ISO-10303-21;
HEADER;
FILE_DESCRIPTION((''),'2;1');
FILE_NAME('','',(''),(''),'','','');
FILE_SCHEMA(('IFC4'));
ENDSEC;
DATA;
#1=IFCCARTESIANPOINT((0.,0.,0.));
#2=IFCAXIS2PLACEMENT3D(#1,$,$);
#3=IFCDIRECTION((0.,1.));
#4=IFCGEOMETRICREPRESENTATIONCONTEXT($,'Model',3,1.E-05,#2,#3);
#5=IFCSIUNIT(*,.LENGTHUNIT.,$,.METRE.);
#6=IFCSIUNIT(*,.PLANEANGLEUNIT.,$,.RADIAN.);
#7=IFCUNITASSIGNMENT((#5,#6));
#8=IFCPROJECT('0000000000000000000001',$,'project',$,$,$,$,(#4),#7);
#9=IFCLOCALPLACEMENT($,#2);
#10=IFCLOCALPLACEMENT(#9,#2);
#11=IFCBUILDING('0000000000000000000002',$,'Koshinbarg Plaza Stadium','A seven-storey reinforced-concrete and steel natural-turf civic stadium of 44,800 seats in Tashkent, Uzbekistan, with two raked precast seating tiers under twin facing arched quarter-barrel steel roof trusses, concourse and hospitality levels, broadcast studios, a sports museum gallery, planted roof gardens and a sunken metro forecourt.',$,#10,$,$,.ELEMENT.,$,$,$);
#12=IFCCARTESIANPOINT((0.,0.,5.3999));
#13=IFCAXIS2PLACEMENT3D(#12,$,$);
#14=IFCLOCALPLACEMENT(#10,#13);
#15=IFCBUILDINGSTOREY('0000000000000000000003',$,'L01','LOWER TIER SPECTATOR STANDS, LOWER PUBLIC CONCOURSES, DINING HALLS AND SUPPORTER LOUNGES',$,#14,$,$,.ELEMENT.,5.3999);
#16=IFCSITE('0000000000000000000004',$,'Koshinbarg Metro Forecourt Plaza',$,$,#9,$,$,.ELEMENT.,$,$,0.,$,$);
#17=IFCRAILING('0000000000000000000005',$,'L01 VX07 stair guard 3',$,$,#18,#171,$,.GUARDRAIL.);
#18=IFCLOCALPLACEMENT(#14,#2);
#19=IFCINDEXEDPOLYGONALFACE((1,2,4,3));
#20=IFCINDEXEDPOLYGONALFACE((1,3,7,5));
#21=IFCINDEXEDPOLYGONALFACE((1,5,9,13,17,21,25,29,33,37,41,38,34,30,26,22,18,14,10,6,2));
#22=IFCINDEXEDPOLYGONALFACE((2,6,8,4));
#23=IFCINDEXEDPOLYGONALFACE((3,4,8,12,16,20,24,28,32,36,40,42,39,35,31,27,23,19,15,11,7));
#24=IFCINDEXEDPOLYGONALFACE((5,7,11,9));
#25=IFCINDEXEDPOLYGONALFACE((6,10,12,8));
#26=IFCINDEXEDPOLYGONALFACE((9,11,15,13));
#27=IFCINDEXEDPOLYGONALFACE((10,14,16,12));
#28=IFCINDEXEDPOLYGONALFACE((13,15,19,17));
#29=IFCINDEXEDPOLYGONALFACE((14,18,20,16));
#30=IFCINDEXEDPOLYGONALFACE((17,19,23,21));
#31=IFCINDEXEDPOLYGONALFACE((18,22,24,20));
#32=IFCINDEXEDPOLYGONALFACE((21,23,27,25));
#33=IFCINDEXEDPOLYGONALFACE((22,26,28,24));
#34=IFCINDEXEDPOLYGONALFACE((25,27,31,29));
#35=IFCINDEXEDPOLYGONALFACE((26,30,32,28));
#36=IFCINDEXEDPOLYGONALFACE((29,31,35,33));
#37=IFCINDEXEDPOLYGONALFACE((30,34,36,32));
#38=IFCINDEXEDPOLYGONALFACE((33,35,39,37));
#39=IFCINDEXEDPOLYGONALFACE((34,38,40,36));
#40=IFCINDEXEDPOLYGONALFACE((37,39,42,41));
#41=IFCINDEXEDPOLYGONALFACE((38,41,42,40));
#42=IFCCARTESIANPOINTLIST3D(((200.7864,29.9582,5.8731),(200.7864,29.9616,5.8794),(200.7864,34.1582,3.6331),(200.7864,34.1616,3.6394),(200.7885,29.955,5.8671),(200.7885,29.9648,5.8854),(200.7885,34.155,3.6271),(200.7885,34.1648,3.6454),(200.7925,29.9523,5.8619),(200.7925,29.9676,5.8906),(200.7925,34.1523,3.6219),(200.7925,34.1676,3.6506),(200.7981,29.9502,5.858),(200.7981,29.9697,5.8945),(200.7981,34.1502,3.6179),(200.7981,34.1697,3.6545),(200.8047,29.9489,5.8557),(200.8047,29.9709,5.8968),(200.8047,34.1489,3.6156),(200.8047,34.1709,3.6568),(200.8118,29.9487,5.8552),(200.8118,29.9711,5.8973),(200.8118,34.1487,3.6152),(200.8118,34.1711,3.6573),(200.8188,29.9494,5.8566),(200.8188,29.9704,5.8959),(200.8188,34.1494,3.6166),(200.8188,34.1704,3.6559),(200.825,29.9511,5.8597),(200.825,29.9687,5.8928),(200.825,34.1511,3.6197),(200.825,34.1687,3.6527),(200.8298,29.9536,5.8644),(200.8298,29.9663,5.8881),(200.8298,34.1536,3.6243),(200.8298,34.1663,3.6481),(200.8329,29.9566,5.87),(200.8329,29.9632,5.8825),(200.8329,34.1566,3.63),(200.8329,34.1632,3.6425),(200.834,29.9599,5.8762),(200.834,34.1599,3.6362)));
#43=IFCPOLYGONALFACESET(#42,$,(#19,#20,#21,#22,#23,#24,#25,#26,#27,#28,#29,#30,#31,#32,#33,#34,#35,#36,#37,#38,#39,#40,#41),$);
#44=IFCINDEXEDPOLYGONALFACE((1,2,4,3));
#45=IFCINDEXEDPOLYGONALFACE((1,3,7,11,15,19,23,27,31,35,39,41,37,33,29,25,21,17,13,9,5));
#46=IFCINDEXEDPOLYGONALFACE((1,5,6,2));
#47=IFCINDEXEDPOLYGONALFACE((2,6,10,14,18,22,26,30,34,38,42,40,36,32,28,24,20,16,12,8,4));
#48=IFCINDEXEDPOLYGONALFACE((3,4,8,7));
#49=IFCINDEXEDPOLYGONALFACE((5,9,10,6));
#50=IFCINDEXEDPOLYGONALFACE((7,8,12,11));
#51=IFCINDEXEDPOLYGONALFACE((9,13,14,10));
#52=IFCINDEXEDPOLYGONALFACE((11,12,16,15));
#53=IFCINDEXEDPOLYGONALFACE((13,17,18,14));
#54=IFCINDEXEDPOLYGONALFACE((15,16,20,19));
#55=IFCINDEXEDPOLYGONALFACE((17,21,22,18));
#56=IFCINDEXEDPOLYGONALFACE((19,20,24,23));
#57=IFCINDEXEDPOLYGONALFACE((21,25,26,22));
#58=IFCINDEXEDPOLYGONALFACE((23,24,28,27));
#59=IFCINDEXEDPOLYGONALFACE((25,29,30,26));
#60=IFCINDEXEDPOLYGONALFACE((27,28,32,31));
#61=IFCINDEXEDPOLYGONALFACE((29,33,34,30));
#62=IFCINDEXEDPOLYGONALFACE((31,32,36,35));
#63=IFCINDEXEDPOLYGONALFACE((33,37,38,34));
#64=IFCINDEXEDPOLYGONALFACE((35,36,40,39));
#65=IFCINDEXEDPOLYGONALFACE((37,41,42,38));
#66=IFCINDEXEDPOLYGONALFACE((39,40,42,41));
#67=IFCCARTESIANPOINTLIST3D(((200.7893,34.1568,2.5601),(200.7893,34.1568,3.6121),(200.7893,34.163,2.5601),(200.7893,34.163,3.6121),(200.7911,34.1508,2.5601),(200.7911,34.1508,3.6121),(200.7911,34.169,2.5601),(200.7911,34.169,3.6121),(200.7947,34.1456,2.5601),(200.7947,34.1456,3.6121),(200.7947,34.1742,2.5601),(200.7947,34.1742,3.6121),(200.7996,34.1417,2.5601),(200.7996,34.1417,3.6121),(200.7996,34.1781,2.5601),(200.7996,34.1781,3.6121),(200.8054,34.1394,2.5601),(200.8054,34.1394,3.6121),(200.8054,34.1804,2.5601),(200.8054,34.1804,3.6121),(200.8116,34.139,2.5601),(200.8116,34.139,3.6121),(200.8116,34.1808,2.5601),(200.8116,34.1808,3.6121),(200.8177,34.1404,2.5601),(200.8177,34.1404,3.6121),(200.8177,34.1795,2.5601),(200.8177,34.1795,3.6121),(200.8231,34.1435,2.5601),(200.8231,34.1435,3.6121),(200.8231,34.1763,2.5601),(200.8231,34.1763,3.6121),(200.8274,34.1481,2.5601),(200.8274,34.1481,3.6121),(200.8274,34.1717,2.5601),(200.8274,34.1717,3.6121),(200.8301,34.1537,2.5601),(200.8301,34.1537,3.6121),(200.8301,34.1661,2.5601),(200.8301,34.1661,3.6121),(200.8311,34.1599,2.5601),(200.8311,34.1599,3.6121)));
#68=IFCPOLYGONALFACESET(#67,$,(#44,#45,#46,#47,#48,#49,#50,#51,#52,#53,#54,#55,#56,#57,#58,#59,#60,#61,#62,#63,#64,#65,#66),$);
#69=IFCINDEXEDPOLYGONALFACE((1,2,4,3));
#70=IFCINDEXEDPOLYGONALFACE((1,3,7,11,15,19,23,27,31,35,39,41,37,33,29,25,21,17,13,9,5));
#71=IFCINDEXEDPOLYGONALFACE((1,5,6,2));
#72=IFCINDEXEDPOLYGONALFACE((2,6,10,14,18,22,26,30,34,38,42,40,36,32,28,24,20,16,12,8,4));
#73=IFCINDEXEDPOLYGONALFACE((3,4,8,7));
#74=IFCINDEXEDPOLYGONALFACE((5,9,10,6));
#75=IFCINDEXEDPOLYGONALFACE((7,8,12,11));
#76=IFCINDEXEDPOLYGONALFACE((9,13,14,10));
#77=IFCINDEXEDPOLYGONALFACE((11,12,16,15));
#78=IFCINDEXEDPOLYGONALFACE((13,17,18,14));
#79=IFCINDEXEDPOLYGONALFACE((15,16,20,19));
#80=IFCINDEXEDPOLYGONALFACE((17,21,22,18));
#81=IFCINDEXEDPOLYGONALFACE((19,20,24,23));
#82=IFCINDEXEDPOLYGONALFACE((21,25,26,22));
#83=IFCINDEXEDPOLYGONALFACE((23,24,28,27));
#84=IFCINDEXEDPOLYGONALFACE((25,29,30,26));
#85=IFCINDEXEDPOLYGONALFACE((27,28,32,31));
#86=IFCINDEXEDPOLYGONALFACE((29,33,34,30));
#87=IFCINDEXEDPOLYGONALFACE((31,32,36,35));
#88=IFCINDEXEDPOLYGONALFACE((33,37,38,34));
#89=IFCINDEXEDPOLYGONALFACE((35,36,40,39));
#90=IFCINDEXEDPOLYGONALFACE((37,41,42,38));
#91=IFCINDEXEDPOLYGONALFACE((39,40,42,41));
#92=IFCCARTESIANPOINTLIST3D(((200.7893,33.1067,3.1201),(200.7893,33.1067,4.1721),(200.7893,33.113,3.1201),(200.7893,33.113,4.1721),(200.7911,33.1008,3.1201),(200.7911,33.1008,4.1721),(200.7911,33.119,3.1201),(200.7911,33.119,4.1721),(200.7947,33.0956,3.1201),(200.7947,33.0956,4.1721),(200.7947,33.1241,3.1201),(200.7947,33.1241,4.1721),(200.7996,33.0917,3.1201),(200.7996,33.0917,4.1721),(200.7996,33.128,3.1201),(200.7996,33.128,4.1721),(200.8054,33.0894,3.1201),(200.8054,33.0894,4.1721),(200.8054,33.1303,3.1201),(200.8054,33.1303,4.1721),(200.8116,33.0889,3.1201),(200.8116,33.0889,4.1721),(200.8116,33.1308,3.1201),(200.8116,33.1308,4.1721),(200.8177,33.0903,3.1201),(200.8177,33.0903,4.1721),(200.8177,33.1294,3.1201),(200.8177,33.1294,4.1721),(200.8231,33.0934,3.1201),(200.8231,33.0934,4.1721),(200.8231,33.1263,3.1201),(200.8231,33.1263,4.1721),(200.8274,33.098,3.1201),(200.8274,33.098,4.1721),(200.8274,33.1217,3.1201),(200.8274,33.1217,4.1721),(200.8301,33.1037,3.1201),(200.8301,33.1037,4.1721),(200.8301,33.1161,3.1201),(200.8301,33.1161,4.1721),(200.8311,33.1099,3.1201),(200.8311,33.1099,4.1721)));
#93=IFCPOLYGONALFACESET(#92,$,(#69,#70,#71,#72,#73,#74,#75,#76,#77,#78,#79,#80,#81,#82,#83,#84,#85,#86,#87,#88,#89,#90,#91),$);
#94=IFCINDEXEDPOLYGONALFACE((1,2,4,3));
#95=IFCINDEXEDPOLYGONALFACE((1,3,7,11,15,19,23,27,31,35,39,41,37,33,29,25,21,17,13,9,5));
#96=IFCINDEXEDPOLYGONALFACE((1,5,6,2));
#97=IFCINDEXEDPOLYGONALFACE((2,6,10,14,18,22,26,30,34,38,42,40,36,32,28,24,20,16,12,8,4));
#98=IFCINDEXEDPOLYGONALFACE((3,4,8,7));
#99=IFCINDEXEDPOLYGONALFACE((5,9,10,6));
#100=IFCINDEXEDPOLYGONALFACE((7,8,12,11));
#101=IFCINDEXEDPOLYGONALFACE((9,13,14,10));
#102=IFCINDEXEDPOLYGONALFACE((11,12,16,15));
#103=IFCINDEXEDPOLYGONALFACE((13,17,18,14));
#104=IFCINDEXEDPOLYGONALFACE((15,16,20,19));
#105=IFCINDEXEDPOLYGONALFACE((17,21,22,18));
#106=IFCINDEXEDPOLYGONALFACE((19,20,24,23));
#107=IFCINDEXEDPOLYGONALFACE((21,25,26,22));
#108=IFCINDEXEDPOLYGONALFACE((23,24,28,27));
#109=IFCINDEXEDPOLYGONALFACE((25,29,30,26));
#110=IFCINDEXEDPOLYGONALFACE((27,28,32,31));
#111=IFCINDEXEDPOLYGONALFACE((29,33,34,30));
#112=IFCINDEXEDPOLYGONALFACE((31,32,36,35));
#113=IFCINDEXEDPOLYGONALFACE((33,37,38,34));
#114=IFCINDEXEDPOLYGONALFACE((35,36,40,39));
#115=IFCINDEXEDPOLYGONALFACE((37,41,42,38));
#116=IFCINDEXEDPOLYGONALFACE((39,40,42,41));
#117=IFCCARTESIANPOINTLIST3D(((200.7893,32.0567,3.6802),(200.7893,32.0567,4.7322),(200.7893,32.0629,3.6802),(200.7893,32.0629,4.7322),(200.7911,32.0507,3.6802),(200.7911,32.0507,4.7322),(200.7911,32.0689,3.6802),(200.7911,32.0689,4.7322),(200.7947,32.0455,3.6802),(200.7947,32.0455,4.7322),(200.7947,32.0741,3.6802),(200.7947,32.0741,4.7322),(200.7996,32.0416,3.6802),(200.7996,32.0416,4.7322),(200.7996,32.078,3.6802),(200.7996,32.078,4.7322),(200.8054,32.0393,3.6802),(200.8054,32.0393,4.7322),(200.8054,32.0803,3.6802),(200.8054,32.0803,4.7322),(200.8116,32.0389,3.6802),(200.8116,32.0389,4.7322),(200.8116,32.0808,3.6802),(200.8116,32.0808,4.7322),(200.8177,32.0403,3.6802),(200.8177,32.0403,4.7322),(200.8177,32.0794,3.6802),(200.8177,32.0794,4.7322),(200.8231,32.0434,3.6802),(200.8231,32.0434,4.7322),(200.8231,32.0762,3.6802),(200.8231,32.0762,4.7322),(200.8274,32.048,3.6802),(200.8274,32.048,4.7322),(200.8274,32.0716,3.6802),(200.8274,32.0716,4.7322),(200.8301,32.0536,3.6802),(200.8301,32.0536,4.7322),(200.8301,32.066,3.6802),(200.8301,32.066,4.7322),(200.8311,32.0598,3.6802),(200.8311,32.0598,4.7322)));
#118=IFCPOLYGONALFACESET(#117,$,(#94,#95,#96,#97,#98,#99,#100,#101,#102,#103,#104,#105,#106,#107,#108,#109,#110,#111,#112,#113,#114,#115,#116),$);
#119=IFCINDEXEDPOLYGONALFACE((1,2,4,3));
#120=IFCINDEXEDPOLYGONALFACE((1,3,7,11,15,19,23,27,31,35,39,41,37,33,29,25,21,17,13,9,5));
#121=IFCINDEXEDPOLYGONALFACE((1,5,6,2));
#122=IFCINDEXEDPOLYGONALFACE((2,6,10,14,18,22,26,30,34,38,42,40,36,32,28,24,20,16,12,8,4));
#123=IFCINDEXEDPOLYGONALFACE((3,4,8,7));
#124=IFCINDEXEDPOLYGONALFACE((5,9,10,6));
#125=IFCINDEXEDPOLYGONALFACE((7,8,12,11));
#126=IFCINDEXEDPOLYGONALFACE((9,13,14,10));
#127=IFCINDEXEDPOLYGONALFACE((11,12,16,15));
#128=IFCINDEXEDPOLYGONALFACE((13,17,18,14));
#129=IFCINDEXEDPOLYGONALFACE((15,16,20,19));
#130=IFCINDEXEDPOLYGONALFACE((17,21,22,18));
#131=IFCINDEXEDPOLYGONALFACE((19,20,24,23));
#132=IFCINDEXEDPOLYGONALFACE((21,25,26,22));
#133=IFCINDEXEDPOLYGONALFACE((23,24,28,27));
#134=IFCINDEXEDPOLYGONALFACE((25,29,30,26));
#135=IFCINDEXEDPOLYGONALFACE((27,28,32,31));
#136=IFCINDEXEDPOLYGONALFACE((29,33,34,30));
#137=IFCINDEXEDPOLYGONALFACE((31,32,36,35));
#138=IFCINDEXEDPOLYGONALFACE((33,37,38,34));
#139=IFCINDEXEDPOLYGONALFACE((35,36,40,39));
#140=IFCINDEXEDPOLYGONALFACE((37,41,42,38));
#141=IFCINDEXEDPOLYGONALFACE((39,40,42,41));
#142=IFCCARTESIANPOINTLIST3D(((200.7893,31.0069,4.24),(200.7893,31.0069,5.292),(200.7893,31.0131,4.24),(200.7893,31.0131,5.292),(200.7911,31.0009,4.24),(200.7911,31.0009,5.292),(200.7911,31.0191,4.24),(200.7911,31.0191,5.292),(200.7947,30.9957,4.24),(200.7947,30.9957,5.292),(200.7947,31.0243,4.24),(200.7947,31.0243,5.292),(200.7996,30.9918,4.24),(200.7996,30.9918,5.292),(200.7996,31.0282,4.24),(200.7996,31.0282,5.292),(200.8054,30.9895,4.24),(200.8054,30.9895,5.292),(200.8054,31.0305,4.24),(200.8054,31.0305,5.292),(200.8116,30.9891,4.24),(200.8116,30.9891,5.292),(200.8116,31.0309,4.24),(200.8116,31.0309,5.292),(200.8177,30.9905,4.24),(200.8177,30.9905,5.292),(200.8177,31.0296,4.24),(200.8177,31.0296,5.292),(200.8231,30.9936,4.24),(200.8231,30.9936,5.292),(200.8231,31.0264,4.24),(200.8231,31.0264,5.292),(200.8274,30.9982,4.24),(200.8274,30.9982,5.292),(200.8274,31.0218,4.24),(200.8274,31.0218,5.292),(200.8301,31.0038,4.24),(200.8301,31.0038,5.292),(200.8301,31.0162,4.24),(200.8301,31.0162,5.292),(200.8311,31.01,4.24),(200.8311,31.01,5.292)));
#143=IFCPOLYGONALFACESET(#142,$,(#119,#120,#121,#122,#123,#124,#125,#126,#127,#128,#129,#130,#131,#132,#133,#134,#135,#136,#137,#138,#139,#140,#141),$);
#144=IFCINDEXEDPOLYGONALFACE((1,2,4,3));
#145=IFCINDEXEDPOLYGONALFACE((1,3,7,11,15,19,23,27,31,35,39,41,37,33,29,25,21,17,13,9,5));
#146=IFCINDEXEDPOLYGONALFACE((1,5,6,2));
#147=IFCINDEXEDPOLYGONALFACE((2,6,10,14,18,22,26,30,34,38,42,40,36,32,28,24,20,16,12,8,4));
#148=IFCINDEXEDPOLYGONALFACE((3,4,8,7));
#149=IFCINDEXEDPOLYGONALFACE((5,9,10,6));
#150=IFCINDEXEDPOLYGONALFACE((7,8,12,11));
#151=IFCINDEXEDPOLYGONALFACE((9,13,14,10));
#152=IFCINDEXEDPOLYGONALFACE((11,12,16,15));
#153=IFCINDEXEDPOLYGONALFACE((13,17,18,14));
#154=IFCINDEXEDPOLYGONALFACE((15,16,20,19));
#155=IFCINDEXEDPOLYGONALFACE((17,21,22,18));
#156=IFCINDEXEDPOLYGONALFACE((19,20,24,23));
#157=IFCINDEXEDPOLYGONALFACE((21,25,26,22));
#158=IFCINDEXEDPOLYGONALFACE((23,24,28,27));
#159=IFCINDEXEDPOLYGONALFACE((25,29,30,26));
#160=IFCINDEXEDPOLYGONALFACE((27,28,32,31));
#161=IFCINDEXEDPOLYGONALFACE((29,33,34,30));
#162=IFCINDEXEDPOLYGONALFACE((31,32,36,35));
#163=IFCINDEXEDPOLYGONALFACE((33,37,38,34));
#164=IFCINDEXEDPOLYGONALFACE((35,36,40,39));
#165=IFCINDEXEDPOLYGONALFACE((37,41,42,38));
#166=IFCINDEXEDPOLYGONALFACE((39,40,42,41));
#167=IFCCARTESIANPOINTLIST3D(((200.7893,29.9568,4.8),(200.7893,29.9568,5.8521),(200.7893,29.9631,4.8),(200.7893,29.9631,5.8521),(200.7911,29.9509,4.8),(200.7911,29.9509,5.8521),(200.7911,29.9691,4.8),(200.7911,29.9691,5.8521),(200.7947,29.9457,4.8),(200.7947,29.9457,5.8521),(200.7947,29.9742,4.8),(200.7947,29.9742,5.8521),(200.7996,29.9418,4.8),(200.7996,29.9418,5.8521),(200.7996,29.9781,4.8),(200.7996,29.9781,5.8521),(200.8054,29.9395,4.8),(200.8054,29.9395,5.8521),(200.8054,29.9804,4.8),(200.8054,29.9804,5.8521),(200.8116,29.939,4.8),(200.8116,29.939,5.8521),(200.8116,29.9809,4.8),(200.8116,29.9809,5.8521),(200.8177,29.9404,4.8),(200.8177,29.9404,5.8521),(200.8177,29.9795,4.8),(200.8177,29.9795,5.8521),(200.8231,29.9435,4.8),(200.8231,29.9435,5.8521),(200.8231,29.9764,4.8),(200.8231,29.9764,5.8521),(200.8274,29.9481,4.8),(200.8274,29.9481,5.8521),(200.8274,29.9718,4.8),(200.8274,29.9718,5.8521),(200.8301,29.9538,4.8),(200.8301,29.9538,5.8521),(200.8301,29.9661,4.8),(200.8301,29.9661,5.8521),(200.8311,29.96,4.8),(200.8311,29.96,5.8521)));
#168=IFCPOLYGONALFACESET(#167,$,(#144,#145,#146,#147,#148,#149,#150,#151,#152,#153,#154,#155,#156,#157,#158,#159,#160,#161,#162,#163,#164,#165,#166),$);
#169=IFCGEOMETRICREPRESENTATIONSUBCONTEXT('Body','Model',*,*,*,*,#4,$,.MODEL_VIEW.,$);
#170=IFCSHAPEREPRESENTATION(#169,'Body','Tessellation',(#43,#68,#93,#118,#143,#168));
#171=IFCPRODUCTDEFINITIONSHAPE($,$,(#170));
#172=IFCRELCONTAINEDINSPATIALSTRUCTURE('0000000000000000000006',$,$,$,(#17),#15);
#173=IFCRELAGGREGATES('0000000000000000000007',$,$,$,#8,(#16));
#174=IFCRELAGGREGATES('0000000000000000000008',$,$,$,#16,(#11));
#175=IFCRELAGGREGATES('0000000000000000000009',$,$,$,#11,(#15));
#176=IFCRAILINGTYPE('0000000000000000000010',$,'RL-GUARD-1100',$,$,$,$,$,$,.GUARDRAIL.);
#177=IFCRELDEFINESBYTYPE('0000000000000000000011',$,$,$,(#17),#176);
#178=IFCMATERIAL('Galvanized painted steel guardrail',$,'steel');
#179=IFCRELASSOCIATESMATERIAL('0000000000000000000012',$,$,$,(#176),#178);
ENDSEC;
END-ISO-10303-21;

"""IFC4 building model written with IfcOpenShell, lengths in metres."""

from ifc_helpers import new_model, si_unit, direction, frame, origin, origin_2d, place, context, subcontext, project, spatial, circle, extrude, material, type_object, element, save


model = new_model("IFC4")

# Units and contexts
model_context = context("Model", 3, precision=1e-05, world=origin(), true_north=direction((0.0, 1.0)))
body_context = subcontext(model_context, "Body", "Model", "MODEL_VIEW")
ifc_project = project(units=[si_unit("LENGTHUNIT", "METRE"), si_unit("PLANEANGLEUNIT", "RADIAN")], contexts=[model_context])

# Site, building, storey
site_placement = place(None, origin())
site = spatial("IfcSite", under=ifc_project, at=site_placement, Name="Koshinbarg Metro Forecourt Plaza", CompositionType="ELEMENT", RefElevation=0.0)
building_placement = place(site_placement, origin())
building = spatial("IfcBuilding", under=site, at=building_placement, Name="Koshinbarg Plaza Stadium", Description="A seven-storey reinforced-concrete and steel natural-turf civic stadium of 44,800 seats in Tashkent, Uzbekistan, with two raked precast seating tiers under twin facing arched quarter-barrel steel roof trusses, concourse and hospitality levels, broadcast studios, a sports museum gallery, planted roof gardens and a sunken metro forecourt.", CompositionType="ELEMENT")
storey_placement = place(building_placement, frame((0.0, 0.0, 5.3999)))
storey = spatial("IfcBuildingStorey", under=building, at=storey_placement, Name="L01", Description="LOWER TIER SPECTATOR STANDS, LOWER PUBLIC CONCOURSES, DINING HALLS AND SUPPORTER LOUNGES", CompositionType="ELEMENT", Elevation=5.3999)

# Railing
ifc_material_1 = material(Name="Galvanized painted steel guardrail", Category="steel")
railing_type_1 = type_object("IfcRailingType", Name="RL-GUARD-1100", PredefinedType="GUARDRAIL", material=ifc_material_1)
railing_1_placement = place(storey_placement, frame((200.8101, 34.1599, 2.5601)))
element("IfcRailing", 1, at=railing_1_placement, inside=storey, type_object=railing_type_1, Name="L01 VX07 stair guard 3", PredefinedType="GUARDRAIL", context=body_context, shape_type="SweptSolid", body=[
    extrude(circle(Radius=0.0239, at=origin_2d()), frame((0.0, 0.0, 1.0762), z_axis=(0.0, -0.882352, 0.470591), x_axis=(1.0, 0.0, 0.0)), (0.0, 0.0, 1.0), 4.76),
    extrude(circle(Radius=0.021, at=origin_2d()), origin(), (0.0, 0.0, 1.0), 1.052),
    extrude(circle(Radius=0.021, at=origin_2d()), frame((0.0, -1.05, 0.5601)), (0.0, 0.0, 1.0), 1.052),
    extrude(circle(Radius=0.021, at=origin_2d()), frame((0.0, -2.1001, 1.1201)), (0.0, 0.0, 1.0), 1.052),
    extrude(circle(Radius=0.021, at=origin_2d()), frame((0.0, -3.1499, 1.6799)), (0.0, 0.0, 1.0), 1.052),
    extrude(circle(Radius=0.021, at=origin_2d()), frame((0.0, -4.2, 2.24)), (0.0, 0.0, 1.0), 1.052),
])

save(model, "model.ifc")
